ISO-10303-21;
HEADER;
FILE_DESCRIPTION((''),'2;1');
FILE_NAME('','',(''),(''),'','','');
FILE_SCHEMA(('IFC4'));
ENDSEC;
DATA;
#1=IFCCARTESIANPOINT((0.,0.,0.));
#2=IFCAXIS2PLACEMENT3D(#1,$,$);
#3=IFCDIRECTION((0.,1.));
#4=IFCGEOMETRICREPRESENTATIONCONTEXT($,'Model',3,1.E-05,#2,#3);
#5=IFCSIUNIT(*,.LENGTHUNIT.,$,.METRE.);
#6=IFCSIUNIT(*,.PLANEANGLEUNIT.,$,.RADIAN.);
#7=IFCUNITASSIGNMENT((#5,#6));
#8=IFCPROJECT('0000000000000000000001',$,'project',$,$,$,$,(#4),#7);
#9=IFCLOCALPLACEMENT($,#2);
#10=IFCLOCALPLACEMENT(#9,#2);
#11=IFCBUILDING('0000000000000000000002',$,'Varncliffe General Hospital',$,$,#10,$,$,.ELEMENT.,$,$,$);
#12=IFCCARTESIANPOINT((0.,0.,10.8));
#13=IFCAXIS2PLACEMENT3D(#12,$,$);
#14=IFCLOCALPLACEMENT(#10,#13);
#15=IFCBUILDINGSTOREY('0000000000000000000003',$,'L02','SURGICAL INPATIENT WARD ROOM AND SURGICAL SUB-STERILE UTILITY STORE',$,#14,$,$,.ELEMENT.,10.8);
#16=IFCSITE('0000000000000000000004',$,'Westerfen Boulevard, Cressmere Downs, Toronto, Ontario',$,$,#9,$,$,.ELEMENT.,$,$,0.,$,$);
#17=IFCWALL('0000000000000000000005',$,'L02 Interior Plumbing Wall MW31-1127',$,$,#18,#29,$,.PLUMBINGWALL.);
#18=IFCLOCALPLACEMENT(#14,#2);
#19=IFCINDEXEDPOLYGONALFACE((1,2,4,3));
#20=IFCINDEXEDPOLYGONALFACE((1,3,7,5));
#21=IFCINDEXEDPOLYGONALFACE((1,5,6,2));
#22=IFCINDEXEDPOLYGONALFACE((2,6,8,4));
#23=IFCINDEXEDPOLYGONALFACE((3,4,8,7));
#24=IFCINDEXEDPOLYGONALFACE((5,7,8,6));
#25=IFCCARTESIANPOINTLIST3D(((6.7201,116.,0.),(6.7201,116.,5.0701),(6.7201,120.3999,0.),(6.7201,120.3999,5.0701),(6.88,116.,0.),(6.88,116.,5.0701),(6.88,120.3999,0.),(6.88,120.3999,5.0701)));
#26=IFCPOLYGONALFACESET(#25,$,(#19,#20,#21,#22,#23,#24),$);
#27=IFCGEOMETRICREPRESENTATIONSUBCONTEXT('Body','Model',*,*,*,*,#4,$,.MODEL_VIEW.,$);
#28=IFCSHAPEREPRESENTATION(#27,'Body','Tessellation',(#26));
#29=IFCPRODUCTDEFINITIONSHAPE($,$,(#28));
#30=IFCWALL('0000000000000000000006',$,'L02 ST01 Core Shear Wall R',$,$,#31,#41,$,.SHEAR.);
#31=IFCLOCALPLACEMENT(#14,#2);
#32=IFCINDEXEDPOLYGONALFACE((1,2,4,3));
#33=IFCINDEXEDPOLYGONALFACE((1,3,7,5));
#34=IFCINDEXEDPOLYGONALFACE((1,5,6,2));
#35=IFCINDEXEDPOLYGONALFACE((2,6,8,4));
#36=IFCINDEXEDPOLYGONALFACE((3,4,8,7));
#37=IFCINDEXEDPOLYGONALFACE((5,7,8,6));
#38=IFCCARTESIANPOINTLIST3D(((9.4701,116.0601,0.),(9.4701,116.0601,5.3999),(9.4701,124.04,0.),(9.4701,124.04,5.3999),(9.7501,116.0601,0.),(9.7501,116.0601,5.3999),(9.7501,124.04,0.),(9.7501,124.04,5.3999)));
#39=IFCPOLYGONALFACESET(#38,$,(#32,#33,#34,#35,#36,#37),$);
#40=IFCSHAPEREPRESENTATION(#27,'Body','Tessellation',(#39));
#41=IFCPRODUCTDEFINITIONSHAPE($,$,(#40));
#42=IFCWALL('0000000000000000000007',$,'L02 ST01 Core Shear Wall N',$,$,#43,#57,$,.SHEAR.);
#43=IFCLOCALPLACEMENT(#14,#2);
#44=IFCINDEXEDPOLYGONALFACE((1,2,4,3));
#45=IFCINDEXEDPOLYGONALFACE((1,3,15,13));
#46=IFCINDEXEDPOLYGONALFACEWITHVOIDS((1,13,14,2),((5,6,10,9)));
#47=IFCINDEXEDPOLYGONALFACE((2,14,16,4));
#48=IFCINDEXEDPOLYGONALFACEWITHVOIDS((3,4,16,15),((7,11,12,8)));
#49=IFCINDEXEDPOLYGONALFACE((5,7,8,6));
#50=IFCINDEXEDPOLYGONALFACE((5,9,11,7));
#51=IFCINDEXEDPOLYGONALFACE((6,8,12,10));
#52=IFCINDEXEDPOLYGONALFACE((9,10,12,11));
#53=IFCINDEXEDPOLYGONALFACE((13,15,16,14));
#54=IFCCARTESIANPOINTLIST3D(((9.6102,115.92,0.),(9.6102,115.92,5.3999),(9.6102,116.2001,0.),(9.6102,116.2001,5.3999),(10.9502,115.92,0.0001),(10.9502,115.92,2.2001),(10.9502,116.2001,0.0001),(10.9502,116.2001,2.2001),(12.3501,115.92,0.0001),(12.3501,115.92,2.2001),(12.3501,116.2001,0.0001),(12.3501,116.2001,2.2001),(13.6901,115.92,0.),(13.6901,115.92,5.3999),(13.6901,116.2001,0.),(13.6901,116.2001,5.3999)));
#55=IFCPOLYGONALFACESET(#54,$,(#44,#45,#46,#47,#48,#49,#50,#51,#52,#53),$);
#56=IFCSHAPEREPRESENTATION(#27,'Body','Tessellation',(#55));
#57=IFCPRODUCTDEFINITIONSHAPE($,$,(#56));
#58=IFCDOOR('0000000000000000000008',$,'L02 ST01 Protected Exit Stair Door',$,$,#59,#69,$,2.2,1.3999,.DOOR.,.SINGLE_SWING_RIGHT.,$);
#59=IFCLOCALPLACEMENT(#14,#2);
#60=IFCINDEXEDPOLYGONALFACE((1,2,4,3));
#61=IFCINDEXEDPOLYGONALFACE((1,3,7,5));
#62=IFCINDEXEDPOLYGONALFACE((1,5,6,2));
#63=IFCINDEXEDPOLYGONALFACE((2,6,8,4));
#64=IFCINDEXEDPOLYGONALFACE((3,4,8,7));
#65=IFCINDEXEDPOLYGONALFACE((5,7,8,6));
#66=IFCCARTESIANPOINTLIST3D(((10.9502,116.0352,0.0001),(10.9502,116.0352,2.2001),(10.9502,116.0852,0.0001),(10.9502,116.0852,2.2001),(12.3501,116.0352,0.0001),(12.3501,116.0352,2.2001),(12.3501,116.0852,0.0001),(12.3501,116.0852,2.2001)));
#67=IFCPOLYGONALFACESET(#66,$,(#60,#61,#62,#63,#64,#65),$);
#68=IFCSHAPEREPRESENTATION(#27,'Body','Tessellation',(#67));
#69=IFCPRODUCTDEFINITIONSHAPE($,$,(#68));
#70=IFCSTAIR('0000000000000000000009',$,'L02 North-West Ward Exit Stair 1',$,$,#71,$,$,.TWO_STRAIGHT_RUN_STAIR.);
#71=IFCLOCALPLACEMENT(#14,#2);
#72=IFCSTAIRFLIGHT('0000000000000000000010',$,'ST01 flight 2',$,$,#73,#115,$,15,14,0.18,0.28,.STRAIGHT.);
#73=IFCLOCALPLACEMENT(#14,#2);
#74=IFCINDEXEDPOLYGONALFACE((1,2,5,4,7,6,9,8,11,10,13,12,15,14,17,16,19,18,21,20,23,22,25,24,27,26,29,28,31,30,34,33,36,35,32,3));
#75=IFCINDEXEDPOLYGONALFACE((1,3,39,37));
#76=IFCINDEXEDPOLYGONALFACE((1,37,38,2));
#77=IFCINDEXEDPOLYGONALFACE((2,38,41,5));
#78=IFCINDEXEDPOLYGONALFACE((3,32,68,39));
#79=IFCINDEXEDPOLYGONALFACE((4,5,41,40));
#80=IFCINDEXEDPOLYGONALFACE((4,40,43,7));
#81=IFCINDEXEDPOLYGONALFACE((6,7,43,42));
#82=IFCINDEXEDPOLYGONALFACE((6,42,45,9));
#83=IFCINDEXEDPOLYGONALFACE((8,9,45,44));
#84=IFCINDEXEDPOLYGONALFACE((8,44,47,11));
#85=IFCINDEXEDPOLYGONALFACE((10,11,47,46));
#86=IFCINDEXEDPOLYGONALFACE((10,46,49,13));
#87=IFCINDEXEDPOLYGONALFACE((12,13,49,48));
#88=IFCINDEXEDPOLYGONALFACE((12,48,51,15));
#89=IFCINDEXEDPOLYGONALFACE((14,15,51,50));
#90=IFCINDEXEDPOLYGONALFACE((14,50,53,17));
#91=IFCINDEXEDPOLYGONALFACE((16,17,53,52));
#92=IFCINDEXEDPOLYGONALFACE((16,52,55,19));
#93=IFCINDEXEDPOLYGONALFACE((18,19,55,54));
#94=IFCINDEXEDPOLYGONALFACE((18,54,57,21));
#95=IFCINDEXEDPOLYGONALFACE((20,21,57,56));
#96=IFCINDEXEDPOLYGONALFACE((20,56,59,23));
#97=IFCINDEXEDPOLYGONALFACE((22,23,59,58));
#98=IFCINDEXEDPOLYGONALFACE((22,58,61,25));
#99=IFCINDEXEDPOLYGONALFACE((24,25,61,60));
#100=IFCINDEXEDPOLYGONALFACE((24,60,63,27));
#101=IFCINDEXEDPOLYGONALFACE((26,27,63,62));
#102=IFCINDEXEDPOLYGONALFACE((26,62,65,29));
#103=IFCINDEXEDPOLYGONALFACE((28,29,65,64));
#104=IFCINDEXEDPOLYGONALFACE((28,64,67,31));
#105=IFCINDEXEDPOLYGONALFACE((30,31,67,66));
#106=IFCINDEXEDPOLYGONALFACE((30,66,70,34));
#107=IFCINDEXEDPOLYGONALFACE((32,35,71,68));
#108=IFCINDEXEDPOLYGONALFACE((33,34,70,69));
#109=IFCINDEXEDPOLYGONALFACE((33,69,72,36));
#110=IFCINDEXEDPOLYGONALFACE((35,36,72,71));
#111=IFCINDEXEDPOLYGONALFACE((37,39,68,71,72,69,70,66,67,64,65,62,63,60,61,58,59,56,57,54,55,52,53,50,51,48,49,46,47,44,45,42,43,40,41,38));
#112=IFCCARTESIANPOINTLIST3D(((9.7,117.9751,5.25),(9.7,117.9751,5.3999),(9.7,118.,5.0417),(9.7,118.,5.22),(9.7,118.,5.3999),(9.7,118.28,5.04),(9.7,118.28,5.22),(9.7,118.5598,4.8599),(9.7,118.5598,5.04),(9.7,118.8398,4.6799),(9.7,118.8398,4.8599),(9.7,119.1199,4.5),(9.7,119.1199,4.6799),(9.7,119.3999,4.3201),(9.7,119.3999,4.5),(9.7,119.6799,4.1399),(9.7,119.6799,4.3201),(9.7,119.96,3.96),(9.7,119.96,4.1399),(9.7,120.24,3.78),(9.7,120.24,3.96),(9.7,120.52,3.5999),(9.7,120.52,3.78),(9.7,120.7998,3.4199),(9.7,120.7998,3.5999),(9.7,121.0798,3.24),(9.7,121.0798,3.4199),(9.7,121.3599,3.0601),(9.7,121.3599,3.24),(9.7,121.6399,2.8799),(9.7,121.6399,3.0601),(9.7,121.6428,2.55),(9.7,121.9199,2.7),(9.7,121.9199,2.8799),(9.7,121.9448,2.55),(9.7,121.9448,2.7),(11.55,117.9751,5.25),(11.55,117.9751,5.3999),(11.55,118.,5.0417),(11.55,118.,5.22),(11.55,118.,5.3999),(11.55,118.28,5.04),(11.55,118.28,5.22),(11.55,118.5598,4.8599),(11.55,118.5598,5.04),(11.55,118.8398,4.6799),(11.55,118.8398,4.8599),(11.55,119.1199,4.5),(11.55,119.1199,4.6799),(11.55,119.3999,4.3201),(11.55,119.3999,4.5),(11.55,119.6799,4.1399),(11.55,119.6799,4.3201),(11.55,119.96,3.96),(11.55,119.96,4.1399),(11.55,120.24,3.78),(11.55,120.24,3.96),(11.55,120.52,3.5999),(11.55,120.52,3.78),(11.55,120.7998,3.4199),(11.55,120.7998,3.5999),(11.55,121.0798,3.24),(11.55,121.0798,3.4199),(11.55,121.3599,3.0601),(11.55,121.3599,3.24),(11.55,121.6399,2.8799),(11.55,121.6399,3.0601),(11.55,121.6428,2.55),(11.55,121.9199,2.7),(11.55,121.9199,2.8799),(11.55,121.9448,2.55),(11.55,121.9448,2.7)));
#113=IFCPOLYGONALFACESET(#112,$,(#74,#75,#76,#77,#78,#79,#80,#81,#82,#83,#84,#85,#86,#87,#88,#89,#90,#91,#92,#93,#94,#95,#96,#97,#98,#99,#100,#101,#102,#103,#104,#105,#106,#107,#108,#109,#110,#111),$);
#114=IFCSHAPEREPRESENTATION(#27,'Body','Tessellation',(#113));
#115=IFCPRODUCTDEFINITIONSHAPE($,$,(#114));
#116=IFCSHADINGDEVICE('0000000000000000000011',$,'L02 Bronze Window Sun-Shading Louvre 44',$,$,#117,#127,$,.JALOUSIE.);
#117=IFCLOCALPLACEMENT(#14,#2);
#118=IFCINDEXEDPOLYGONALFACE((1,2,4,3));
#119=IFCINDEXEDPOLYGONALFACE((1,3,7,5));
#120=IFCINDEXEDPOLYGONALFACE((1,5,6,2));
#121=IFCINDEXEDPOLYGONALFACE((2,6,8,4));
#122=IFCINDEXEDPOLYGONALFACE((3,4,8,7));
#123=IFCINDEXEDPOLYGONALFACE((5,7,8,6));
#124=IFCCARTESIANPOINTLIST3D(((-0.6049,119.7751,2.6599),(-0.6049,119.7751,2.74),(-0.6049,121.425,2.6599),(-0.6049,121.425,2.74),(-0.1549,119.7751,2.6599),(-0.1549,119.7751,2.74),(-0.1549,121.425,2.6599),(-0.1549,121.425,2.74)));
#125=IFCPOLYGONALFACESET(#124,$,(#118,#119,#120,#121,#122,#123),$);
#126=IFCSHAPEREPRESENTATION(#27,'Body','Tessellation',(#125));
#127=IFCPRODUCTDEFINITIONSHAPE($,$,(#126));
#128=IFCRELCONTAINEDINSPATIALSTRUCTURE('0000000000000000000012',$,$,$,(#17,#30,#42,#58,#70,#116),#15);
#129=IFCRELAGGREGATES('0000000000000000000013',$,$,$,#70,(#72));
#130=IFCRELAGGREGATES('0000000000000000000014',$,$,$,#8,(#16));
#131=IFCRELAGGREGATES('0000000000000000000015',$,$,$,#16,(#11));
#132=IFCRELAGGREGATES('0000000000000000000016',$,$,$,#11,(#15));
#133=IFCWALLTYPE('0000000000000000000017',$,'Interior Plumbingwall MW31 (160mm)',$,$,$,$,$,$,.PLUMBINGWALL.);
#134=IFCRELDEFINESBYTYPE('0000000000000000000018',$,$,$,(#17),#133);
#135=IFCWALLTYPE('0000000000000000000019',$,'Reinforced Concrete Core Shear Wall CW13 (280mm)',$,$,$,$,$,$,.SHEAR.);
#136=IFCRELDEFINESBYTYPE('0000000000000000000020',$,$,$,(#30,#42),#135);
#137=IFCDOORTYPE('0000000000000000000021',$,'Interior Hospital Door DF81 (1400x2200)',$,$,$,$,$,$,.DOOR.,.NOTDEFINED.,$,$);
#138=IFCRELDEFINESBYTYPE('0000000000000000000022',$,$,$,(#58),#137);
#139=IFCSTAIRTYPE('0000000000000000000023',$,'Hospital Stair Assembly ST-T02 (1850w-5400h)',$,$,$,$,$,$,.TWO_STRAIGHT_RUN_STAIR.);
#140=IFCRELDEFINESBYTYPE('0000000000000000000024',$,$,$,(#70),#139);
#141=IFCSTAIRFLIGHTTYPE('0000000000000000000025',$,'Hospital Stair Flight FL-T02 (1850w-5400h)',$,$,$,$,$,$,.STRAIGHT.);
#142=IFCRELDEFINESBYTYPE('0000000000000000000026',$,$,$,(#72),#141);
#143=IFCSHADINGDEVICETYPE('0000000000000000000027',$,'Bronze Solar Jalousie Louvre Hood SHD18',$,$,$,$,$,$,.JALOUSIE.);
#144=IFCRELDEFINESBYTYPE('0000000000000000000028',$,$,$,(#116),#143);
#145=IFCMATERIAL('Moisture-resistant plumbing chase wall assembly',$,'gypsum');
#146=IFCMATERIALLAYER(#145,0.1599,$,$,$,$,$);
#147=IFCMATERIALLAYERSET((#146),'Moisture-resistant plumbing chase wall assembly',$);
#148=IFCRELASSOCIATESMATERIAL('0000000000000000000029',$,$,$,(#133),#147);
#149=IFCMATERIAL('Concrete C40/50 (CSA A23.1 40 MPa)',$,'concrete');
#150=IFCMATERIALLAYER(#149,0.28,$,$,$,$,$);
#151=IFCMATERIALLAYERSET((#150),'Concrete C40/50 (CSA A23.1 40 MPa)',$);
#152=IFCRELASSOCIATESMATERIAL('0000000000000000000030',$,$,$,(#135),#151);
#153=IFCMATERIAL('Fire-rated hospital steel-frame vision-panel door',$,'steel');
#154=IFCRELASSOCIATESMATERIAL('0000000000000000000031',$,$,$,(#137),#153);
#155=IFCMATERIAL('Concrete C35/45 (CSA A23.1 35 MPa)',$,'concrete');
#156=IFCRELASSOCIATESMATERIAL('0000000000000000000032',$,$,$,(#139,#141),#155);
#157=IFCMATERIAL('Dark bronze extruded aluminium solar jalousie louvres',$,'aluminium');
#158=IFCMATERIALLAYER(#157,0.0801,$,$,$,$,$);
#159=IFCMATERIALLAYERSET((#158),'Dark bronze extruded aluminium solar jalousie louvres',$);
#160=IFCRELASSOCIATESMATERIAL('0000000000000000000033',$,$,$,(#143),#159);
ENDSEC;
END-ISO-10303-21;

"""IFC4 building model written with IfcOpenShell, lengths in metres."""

from ifc_helpers import new_model, si_unit, direction, frame, frame_2d, origin, origin_2d, place, context, subcontext, project, spatial, polyline, rectangle, outline, extrude, material, layer, layer_set, type_object, element, fill, aggregate, save


model = new_model("IFC4")

# Units and contexts
model_context = context("Model", 3, precision=1e-05, world=origin(), true_north=direction((0.0, 1.0)))
body_context = subcontext(model_context, "Body", "Model", "MODEL_VIEW")
ifc_project = project(units=[si_unit("LENGTHUNIT", "METRE"), si_unit("PLANEANGLEUNIT", "RADIAN")], contexts=[model_context])

# Site, building, storey
site_placement = place(None, origin())
site = spatial("IfcSite", under=ifc_project, at=site_placement, Name="Westerfen Boulevard, Cressmere Downs, Toronto, Ontario", CompositionType="ELEMENT", RefElevation=0.0)
building_placement = place(site_placement, origin())
building = spatial("IfcBuilding", under=site, at=building_placement, Name="Varncliffe General Hospital", CompositionType="ELEMENT")
storey_placement = place(building_placement, frame((0.0, 0.0, 10.8)))
storey = spatial("IfcBuildingStorey", under=building, at=storey_placement, Name="L02", Description="SURGICAL INPATIENT WARD ROOM AND SURGICAL SUB-STERILE UTILITY STORE", CompositionType="ELEMENT", Elevation=10.8)

# Shared definitions
ifc_material_1 = material(Name="Concrete C40/50 (CSA A23.1 40 MPa)", Category="concrete")

# Shared definitions
ifc_material_2 = material(Name="Concrete C35/45 (CSA A23.1 35 MPa)", Category="concrete")

# Shared definitions
ifc_material_3 = material(Name="Fire-rated hospital steel-frame vision-panel door", Category="steel")

# Walls
ifc_material_4 = material(Name="Moisture-resistant plumbing chase wall assembly", Category="gypsum")
ifc_layer_1 = layer(ifc_material_4, 0.1599)
ifc_layer_set_1 = layer_set([ifc_layer_1], Name="Moisture-resistant plumbing chase wall assembly")
wall_type_1 = type_object("IfcWallType", Name="Interior Plumbingwall MW31 (160mm)", PredefinedType="PLUMBINGWALL", material=ifc_layer_set_1)
wall_1_placement = place(storey_placement, frame((6.8, 116.0, 0.0), z_axis=(0.0, 0.0, 1.0), x_axis=(0.0, 1.0, 0.0)))
element("IfcWall", 1, at=wall_1_placement, inside=storey, type_object=wall_type_1, Name="L02 Interior Plumbing Wall MW31-1127", PredefinedType="PLUMBINGWALL", context=body_context, shape_type="SweptSolid", body=[
    extrude(rectangle(XDim=4.3999, YDim=0.1599, at=frame_2d((2.2, 0.0))), origin(), (0.0, 0.0, 1.0), 5.0701),
])
ifc_layer_2 = layer(ifc_material_1, 0.28)
ifc_layer_set_2 = layer_set([ifc_layer_2], Name="Concrete C40/50 (CSA A23.1 40 MPa)")
wall_type_2 = type_object("IfcWallType", Name="Reinforced Concrete Core Shear Wall CW13 (280mm)", PredefinedType="SHEAR", material=ifc_layer_set_2)
wall_2_placement = place(storey_placement, frame((9.6101, 124.04, 0.0), z_axis=(0.0, 0.0, 1.0), x_axis=(0.0, -1.0, 0.0)))
element("IfcWall", 2, at=wall_2_placement, inside=storey, type_object=wall_type_2, Name="L02 ST01 Core Shear Wall R", PredefinedType="SHEAR", context=body_context, shape_type="SweptSolid", body=[
    extrude(rectangle(XDim=7.98, YDim=0.28, at=frame_2d((3.99, 0.0))), origin(), (0.0, 0.0, 1.0), 5.3999),
])

# Wall, opening, door
wall_3_placement = place(storey_placement, frame((9.6101, 116.0601, 0.0), z_axis=(0.0, 0.0, 1.0), x_axis=(1.0, 0.0, 0.0)))
wall_3 = element("IfcWall", 3, at=wall_3_placement, inside=storey, type_object=wall_type_2, Name="L02 ST01 Core Shear Wall N", PredefinedType="SHEAR", context=body_context, shape_type="SweptSolid", body=[
    extrude(rectangle(XDim=4.0798, YDim=0.28, at=frame_2d((2.04, 0.0))), origin(), (0.0, 0.0, 1.0), 5.3999),
])
opening_1_placement = place(wall_3_placement, frame((1.3401, 0.0, 0.0)))
opening_1 = element("IfcOpeningElement", 4, at=opening_1_placement, cuts=wall_3, PredefinedType="OPENING", context=body_context, shape_type="SweptSolid", body=[
    extrude(rectangle(XDim=1.3999, YDim=2.2, at=frame_2d((0.7, 1.1001))), frame((0.0, 0.1499, 0.0), z_axis=(0.0, -1.0, 0.0), x_axis=(1.0, 0.0, 0.0)), (0.0, 0.0, 1.0), 0.3),
])
door_type_1 = type_object("IfcDoorType", Name="Interior Hospital Door DF81 (1400x2200)", OperationType="NOTDEFINED", PredefinedType="DOOR", material=ifc_material_3)
door_1_placement = place(opening_1_placement, frame((1.3999, 0.0, 0.0), z_axis=(0.0, 0.0, 1.0), x_axis=(-1.0, 0.0, 0.0)))
door_1 = element("IfcDoor", 5, at=door_1_placement, inside=storey, type_object=door_type_1, Name="L02 ST01 Protected Exit Stair Door", OperationType="SINGLE_SWING_RIGHT", OverallHeight=2.2, OverallWidth=1.3999, PredefinedType="DOOR", context=body_context, shape_type="SweptSolid", body=[
    extrude(rectangle(XDim=1.3999, YDim=2.2, at=frame_2d((0.7, 1.1001))), frame((0.0, 0.0249, 0.0), z_axis=(0.0, -1.0, 0.0), x_axis=(1.0, 0.0, 0.0)), (0.0, 0.0, 1.0), 0.05),
])
fill(opening_1, door_1)

# Stair, stair flight
stair_type = type_object("IfcStairType", Name="Hospital Stair Assembly ST-T02 (1850w-5400h)", PredefinedType="TWO_STRAIGHT_RUN_STAIR", material=ifc_material_2)
stair_placement = place(storey_placement, origin())
stair = element("IfcStair", 6, at=stair_placement, inside=storey, type_object=stair_type, Name="L02 North-West Ward Exit Stair 1", PredefinedType="TWO_STRAIGHT_RUN_STAIR")
stair_flight_type = type_object("IfcStairFlightType", Name="Hospital Stair Flight FL-T02 (1850w-5400h)", PredefinedType="STRAIGHT", material=ifc_material_2)
stair_flight_placement = place(storey_placement, frame((10.625, 121.9199, 2.7), z_axis=(0.0, 0.0, 1.0), x_axis=(0.0, -1.0, 0.0)))
stair_flight = element("IfcStairFlight", 7, at=stair_flight_placement, type_object=stair_flight_type, Name="ST01 flight 2", NumberOfRisers=15, NumberOfTreads=14, PredefinedType="STRAIGHT", RiserHeight=0.18, TreadLength=0.28, context=body_context, shape_type="SweptSolid", body=[
    extrude(outline(polyline([(-0.0249, -0.1499), (-0.0249, 0.0), (0.0, 0.0), (0.0, 0.1799), (0.28, 0.1799), (0.28, 0.3601), (0.5601, 0.3601), (0.5601, 0.54), (0.8401, 0.54), (0.8401, 0.72), (1.1201, 0.72), (1.1201, 0.8999), (1.3999, 0.8999), (1.3999, 1.0801), (1.6799, 1.0801), (1.6799, 1.26), (1.96, 1.26), (1.96, 1.4399), (2.24, 1.4399), (2.24, 1.6201), (2.52, 1.6201), (2.52, 1.8), (2.8, 1.8), (2.8, 1.98), (3.0801, 1.98), (3.0801, 2.1599), (3.3601, 2.1599), (3.3601, 2.3401), (3.6399, 2.3401), (3.6399, 2.52), (3.9199, 2.52), (3.9199, 2.7), (3.9448, 2.7), (3.9448, 2.55), (3.9199, 2.3418), (0.2771, -0.1499), (-0.0249, -0.1499)])), frame((0.0, 0.925, 0.0), z_axis=(0.0, -1.0, 0.0), x_axis=(1.0, 0.0, 0.0)), (0.0, 0.0, 1.0), 1.8501),
])
aggregate(stair, [stair_flight])

# Shading device
ifc_material_5 = material(Name="Dark bronze extruded aluminium solar jalousie louvres", Category="aluminium")
ifc_layer_3 = layer(ifc_material_5, 0.0801)
ifc_layer_set_3 = layer_set([ifc_layer_3], Name="Dark bronze extruded aluminium solar jalousie louvres")
shading_device_type = type_object("IfcShadingDeviceType", Name="Bronze Solar Jalousie Louvre Hood SHD18", PredefinedType="JALOUSIE", material=ifc_layer_set_3)
shading_device_placement = place(storey_placement, frame((-0.3799, 120.6001, 2.6599), z_axis=(0.0, 0.0, 1.0), x_axis=(0.0, 1.0, 0.0)))
element("IfcShadingDevice", 8, at=shading_device_placement, inside=storey, type_object=shading_device_type, Name="L02 Bronze Window Sun-Shading Louvre 44", PredefinedType="JALOUSIE", context=body_context, shape_type="SweptSolid", body=[
    extrude(rectangle(XDim=1.6499, YDim=0.45, at=origin_2d()), origin(), (0.0, 0.0, 1.0), 0.0801),
])

save(model, "model.ifc")
